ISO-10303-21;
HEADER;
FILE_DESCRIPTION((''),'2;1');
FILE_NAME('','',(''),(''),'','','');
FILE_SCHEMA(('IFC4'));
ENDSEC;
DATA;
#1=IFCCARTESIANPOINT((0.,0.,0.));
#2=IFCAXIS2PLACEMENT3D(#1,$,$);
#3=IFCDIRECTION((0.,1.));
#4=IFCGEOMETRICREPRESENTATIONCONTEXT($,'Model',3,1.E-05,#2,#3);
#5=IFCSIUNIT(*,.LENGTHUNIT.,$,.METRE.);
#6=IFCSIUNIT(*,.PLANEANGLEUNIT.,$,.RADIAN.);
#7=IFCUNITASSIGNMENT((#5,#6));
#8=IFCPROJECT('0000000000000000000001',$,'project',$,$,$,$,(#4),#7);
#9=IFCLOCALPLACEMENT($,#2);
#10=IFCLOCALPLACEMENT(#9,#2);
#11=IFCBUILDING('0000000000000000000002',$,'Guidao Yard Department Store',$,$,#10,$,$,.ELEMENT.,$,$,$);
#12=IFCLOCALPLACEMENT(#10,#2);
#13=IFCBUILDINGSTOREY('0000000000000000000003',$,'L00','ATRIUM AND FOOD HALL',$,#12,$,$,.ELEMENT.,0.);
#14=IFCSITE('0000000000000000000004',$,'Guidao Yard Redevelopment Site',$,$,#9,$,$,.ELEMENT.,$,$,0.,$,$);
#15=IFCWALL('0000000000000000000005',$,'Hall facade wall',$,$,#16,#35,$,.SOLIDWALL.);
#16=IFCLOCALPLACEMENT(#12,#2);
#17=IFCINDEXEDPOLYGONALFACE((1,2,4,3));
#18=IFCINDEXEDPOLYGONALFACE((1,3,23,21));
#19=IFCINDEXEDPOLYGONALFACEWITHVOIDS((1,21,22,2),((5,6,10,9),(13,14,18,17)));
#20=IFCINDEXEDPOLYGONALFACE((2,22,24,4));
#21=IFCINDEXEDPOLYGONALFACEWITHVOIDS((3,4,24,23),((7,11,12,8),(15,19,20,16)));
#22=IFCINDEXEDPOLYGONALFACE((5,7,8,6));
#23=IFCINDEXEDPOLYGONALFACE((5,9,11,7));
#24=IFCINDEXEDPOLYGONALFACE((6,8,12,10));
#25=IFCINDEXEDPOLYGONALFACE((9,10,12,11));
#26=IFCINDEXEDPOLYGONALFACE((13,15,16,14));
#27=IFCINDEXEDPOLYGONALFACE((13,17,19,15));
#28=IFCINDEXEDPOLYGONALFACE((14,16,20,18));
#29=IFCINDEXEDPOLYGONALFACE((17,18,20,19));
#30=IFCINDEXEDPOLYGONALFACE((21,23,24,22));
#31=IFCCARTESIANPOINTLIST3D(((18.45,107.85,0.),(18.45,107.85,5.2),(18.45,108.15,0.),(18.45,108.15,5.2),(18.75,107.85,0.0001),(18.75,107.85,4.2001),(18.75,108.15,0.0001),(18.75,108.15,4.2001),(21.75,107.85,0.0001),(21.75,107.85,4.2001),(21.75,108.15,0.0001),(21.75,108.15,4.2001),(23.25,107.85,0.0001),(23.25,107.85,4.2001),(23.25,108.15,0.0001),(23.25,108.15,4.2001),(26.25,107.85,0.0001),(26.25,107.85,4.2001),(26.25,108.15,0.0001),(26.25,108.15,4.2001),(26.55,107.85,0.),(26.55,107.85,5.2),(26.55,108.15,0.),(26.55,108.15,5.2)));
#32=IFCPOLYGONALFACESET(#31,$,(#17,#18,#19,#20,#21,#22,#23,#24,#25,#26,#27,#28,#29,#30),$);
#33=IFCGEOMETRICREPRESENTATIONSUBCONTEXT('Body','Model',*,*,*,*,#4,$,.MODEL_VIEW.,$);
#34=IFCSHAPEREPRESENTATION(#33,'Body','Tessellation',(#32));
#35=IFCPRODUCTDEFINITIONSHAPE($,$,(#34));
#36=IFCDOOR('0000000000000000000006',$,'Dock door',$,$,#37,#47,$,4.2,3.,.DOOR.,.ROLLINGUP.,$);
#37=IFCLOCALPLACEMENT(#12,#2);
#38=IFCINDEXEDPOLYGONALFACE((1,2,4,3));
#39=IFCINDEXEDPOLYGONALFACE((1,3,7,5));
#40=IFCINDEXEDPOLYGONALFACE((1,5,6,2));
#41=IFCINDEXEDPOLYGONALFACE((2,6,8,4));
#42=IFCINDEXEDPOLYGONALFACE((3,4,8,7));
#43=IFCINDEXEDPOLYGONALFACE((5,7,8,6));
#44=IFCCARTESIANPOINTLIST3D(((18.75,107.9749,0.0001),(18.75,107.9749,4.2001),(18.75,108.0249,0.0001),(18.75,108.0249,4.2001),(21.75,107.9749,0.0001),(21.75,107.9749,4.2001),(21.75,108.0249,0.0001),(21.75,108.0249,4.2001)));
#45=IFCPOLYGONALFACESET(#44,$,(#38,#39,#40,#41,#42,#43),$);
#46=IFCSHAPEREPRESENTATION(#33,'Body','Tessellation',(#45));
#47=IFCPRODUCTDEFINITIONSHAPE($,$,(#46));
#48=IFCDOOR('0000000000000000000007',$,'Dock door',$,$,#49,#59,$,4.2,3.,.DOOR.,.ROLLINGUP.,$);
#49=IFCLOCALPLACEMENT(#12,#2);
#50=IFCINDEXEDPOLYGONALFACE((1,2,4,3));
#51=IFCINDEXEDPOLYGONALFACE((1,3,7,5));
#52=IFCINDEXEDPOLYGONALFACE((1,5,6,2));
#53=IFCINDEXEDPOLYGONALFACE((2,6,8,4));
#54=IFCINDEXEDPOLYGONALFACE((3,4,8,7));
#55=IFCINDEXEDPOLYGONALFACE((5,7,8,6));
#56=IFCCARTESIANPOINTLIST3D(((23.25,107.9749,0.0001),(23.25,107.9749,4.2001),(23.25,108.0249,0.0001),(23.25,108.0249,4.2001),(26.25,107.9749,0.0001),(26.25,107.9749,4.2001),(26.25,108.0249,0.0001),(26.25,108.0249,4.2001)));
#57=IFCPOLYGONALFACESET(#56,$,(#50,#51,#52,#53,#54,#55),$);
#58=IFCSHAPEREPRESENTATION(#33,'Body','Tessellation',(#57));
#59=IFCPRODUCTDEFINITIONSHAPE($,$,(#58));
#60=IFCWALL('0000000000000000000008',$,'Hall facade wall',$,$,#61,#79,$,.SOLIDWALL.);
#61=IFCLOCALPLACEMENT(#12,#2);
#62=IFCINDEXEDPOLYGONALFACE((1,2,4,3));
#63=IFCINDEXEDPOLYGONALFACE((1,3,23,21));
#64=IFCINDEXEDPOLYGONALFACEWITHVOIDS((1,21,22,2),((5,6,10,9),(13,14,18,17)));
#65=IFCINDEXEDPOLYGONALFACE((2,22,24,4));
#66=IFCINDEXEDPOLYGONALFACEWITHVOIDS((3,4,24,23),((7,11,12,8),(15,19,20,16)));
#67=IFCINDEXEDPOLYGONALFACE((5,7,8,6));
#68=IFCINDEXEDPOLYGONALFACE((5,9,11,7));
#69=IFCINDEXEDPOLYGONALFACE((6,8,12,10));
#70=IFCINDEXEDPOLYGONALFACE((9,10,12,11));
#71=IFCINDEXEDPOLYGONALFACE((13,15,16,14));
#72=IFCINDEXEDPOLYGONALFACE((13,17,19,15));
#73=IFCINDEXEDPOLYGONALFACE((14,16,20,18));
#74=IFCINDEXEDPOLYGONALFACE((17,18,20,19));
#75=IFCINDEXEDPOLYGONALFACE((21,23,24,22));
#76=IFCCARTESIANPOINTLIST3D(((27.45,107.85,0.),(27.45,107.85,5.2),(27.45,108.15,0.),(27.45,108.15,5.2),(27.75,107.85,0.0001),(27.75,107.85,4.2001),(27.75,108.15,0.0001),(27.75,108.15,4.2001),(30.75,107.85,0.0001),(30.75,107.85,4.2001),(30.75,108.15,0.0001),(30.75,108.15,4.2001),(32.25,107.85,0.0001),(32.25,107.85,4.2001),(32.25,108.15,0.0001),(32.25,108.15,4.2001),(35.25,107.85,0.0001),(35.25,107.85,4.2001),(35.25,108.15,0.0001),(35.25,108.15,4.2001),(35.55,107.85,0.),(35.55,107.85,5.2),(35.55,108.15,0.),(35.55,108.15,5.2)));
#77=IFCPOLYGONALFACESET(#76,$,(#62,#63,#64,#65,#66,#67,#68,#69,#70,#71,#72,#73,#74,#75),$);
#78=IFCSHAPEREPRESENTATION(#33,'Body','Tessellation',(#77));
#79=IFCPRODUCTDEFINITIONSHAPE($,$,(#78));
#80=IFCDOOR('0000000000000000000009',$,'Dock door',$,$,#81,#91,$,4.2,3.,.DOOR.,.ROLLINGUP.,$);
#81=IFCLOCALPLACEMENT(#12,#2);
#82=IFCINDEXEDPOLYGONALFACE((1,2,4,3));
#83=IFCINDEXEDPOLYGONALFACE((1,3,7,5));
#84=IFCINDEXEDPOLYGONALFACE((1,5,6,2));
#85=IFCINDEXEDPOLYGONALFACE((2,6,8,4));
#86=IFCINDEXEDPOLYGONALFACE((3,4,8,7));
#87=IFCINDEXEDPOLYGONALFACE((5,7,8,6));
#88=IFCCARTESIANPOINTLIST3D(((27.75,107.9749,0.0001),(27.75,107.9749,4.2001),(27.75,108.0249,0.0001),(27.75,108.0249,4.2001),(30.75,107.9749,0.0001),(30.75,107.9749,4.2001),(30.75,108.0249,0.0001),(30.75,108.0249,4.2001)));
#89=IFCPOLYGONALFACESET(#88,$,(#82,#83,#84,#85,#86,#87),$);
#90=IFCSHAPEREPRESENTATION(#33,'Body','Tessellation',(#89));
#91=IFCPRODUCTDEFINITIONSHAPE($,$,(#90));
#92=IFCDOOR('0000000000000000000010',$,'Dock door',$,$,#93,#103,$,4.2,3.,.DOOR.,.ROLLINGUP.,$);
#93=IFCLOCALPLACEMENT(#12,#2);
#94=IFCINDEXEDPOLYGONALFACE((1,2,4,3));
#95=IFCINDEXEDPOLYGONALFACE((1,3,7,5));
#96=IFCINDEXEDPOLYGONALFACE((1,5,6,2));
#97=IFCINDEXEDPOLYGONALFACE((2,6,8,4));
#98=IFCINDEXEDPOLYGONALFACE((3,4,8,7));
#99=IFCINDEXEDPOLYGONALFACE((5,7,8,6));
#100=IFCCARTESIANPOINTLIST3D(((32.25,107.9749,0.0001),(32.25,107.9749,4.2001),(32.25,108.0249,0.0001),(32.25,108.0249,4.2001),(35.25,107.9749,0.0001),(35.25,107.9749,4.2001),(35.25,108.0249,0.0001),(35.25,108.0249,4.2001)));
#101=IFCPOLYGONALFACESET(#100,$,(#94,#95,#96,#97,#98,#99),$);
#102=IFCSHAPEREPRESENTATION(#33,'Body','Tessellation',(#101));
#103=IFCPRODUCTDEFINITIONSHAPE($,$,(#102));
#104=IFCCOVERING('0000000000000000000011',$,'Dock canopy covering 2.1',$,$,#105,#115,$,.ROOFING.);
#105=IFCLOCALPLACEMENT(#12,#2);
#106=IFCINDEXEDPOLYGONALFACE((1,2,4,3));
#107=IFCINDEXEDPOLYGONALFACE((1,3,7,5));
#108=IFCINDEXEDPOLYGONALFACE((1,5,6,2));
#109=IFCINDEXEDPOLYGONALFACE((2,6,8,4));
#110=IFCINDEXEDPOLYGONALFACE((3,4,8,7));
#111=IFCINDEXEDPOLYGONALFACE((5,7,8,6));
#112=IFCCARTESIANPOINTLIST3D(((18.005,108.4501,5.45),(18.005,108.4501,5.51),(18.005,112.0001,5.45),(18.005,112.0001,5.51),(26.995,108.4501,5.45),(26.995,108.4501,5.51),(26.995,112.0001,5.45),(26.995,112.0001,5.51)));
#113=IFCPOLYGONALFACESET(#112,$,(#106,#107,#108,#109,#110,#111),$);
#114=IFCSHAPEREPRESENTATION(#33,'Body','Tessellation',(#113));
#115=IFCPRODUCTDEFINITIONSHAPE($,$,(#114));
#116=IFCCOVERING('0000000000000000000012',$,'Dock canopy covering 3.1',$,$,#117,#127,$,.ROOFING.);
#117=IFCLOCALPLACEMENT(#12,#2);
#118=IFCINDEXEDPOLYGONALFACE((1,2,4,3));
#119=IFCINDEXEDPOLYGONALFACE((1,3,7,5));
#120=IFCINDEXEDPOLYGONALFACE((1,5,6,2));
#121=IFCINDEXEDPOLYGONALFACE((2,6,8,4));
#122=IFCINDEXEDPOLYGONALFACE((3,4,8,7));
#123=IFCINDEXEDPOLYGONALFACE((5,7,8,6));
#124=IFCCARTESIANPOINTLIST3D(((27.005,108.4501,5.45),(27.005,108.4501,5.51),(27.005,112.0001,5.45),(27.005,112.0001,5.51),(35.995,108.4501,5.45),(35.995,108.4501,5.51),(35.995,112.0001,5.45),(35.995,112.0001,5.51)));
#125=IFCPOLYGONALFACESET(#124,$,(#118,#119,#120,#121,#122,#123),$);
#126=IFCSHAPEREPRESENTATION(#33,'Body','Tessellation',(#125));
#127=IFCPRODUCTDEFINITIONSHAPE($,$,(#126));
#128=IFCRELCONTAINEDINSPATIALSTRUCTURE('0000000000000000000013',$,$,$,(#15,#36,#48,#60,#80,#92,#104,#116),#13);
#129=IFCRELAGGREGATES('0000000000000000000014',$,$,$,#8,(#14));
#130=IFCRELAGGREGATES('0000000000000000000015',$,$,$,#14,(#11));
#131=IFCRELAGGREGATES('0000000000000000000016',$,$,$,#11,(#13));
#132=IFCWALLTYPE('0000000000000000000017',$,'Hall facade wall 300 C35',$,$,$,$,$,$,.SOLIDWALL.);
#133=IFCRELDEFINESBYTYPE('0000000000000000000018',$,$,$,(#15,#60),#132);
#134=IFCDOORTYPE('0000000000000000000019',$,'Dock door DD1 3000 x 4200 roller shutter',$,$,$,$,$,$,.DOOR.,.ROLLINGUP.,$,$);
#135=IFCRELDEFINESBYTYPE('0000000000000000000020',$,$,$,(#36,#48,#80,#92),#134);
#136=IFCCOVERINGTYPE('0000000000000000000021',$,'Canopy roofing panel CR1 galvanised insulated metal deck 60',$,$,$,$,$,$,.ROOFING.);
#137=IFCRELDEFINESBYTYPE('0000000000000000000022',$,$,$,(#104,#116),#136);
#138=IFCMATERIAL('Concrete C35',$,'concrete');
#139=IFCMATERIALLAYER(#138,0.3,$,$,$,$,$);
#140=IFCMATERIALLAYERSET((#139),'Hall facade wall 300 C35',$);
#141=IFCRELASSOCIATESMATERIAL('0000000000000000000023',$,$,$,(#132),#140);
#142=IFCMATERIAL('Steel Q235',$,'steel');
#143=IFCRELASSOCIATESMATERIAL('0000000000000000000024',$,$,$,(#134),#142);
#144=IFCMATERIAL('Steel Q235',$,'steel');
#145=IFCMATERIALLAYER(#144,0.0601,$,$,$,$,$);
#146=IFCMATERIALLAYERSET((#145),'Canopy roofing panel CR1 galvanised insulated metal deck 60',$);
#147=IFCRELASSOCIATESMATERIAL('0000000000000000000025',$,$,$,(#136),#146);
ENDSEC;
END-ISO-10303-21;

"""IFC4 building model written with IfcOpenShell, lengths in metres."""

from ifc_helpers import new_model, si_unit, direction, frame, frame_2d, origin, origin_2d, place, context, subcontext, project, spatial, rectangle, extrude, material, layer, layer_set, type_object, element, fill, save


model = new_model("IFC4")

# Units and contexts
model_context = context("Model", 3, precision=1e-05, world=origin(), true_north=direction((0.0, 1.0)))
body_context = subcontext(model_context, "Body", "Model", "MODEL_VIEW")
ifc_project = project(units=[si_unit("LENGTHUNIT", "METRE"), si_unit("PLANEANGLEUNIT", "RADIAN")], contexts=[model_context])

# Site, building, storey
site_placement = place(None, origin())
site = spatial("IfcSite", under=ifc_project, at=site_placement, Name="Guidao Yard Redevelopment Site", CompositionType="ELEMENT", RefElevation=0.0)
building_placement = place(site_placement, origin())
building = spatial("IfcBuilding", under=site, at=building_placement, Name="Guidao Yard Department Store", CompositionType="ELEMENT")
storey_placement = place(building_placement, origin())
storey = spatial("IfcBuildingStorey", under=building, at=storey_placement, Name="L00", Description="ATRIUM AND FOOD HALL", CompositionType="ELEMENT", Elevation=0.0)

# Walls, openings, doors
ifc_material_1 = material(Name="Concrete C35", Category="concrete")
ifc_layer_1 = layer(ifc_material_1, 0.3)
ifc_layer_set_1 = layer_set([ifc_layer_1], Name="Hall facade wall 300 C35")
wall_type_1 = type_object("IfcWallType", Name="Hall facade wall 300 C35", PredefinedType="SOLIDWALL", material=ifc_layer_set_1)
wall_1_placement = place(storey_placement, frame((18.45, 108.0, 0.0), z_axis=(0.0, 0.0, 1.0), x_axis=(1.0, 0.0, 0.0)))
wall_1 = element("IfcWall", 1, at=wall_1_placement, inside=storey, type_object=wall_type_1, Name="Hall facade wall", PredefinedType="SOLIDWALL", context=body_context, shape_type="SweptSolid", body=[
    extrude(rectangle(XDim=8.1001, YDim=0.3, at=frame_2d((4.05, 0.0))), origin(), (0.0, 0.0, 1.0), 5.2),
])
opening_1_placement = place(wall_1_placement, frame((0.3, 0.0, 0.0)))
opening_1 = element("IfcOpeningElement", 2, at=opening_1_placement, cuts=wall_1, PredefinedType="OPENING", context=body_context, shape_type="SweptSolid", body=[
    extrude(rectangle(XDim=3.0, YDim=4.2, at=frame_2d((1.5, 2.1001))), frame((0.0, 0.1599, 0.0), z_axis=(0.0, -1.0, 0.0), x_axis=(1.0, 0.0, 0.0)), (0.0, 0.0, 1.0), 0.3201),
])
opening_2_placement = place(wall_1_placement, frame((4.8, 0.0, 0.0)))
opening_2 = element("IfcOpeningElement", 3, at=opening_2_placement, cuts=wall_1, PredefinedType="OPENING", context=body_context, shape_type="SweptSolid", body=[
    extrude(rectangle(XDim=3.0, YDim=4.2, at=frame_2d((1.5, 2.1001))), frame((0.0, 0.1599, 0.0), z_axis=(0.0, -1.0, 0.0), x_axis=(1.0, 0.0, 0.0)), (0.0, 0.0, 1.0), 0.3201),
])
ifc_material_2 = material(Name="Steel Q235", Category="steel")
door_type_1 = type_object("IfcDoorType", Name="Dock door DD1 3000 x 4200 roller shutter", OperationType="ROLLINGUP", PredefinedType="DOOR", material=ifc_material_2)
door_1_placement = place(opening_1_placement, origin())
door_1 = element("IfcDoor", 4, at=door_1_placement, inside=storey, type_object=door_type_1, Name="Dock door", OperationType="ROLLINGUP", OverallHeight=4.2, OverallWidth=3.0, PredefinedType="DOOR", context=body_context, shape_type="SweptSolid", body=[
    extrude(rectangle(XDim=3.0, YDim=4.2, at=frame_2d((1.5, 2.1001))), frame((0.0, 0.0249, 0.0), z_axis=(0.0, -1.0, 0.0), x_axis=(1.0, 0.0, 0.0)), (0.0, 0.0, 1.0), 0.05),
])
fill(opening_1, door_1)
door_2_placement = place(opening_2_placement, origin())
door_2 = element("IfcDoor", 5, at=door_2_placement, inside=storey, type_object=door_type_1, Name="Dock door", OperationType="ROLLINGUP", OverallHeight=4.2, OverallWidth=3.0, PredefinedType="DOOR", context=body_context, shape_type="SweptSolid", body=[
    extrude(rectangle(XDim=3.0, YDim=4.2, at=frame_2d((1.5, 2.1001))), frame((0.0, 0.0249, 0.0), z_axis=(0.0, -1.0, 0.0), x_axis=(1.0, 0.0, 0.0)), (0.0, 0.0, 1.0), 0.05),
])
fill(opening_2, door_2)
wall_2_placement = place(storey_placement, frame((27.45, 108.0, 0.0), z_axis=(0.0, 0.0, 1.0), x_axis=(1.0, 0.0, 0.0)))
wall_2 = element("IfcWall", 6, at=wall_2_placement, inside=storey, type_object=wall_type_1, Name="Hall facade wall", PredefinedType="SOLIDWALL", context=body_context, shape_type="SweptSolid", body=[
    extrude(rectangle(XDim=8.1001, YDim=0.3, at=frame_2d((4.05, 0.0))), origin(), (0.0, 0.0, 1.0), 5.2),
])
opening_3_placement = place(wall_2_placement, frame((0.3, 0.0, 0.0)))
opening_3 = element("IfcOpeningElement", 7, at=opening_3_placement, cuts=wall_2, PredefinedType="OPENING", context=body_context, shape_type="SweptSolid", body=[
    extrude(rectangle(XDim=3.0, YDim=4.2, at=frame_2d((1.5, 2.1001))), frame((0.0, 0.1599, 0.0), z_axis=(0.0, -1.0, 0.0), x_axis=(1.0, 0.0, 0.0)), (0.0, 0.0, 1.0), 0.3201),
])
opening_4_placement = place(wall_2_placement, frame((4.8, 0.0, 0.0)))
opening_4 = element("IfcOpeningElement", 8, at=opening_4_placement, cuts=wall_2, PredefinedType="OPENING", context=body_context, shape_type="SweptSolid", body=[
    extrude(rectangle(XDim=3.0, YDim=4.2, at=frame_2d((1.5, 2.1001))), frame((0.0, 0.1599, 0.0), z_axis=(0.0, -1.0, 0.0), x_axis=(1.0, 0.0, 0.0)), (0.0, 0.0, 1.0), 0.3201),
])
door_3_placement = place(opening_3_placement, origin())
door_3 = element("IfcDoor", 9, at=door_3_placement, inside=storey, type_object=door_type_1, Name="Dock door", OperationType="ROLLINGUP", OverallHeight=4.2, OverallWidth=3.0, PredefinedType="DOOR", context=body_context, shape_type="SweptSolid", body=[
    extrude(rectangle(XDim=3.0, YDim=4.2, at=frame_2d((1.5, 2.1001))), frame((0.0, 0.0249, 0.0), z_axis=(0.0, -1.0, 0.0), x_axis=(1.0, 0.0, 0.0)), (0.0, 0.0, 1.0), 0.05),
])
fill(opening_3, door_3)
door_4_placement = place(opening_4_placement, origin())
door_4 = element("IfcDoor", 10, at=door_4_placement, inside=storey, type_object=door_type_1, Name="Dock door", OperationType="ROLLINGUP", OverallHeight=4.2, OverallWidth=3.0, PredefinedType="DOOR", context=body_context, shape_type="SweptSolid", body=[
    extrude(rectangle(XDim=3.0, YDim=4.2, at=frame_2d((1.5, 2.1001))), frame((0.0, 0.0249, 0.0), z_axis=(0.0, -1.0, 0.0), x_axis=(1.0, 0.0, 0.0)), (0.0, 0.0, 1.0), 0.05),
])
fill(opening_4, door_4)

# Coverings
ifc_material_3 = material(Name="Steel Q235", Category="steel")
ifc_layer_2 = layer(ifc_material_3, 0.0601)
ifc_layer_set_2 = layer_set([ifc_layer_2], Name="Canopy roofing panel CR1 galvanised insulated metal deck 60")
covering_type = type_object("IfcCoveringType", Name="Canopy roofing panel CR1 galvanised insulated metal deck 60", PredefinedType="ROOFING", material=ifc_layer_set_2)
for number, where, z_axis, x_axis, name in (
    (11, (22.5, 110.2251, 5.45), (0.0, 0.0, 1.0), (1.0, 0.0, 0.0), "Dock canopy covering 2.1"),
    (12, (31.5, 110.2251, 5.45), (0.0, 0.0, 1.0), (1.0, 0.0, 0.0), "Dock canopy covering 3.1"),
):
    element("IfcCovering", number, at=place(storey_placement, frame(where, z_axis=z_axis, x_axis=x_axis)), inside=storey, type_object=covering_type, Name=name, PredefinedType="ROOFING", context=body_context, shape_type="SweptSolid", body=[
        extrude(rectangle(XDim=8.99, YDim=3.55, at=origin_2d()), origin(), (0.0, 0.0, 1.0), 0.0601),
    ])

save(model, "model.ifc")
